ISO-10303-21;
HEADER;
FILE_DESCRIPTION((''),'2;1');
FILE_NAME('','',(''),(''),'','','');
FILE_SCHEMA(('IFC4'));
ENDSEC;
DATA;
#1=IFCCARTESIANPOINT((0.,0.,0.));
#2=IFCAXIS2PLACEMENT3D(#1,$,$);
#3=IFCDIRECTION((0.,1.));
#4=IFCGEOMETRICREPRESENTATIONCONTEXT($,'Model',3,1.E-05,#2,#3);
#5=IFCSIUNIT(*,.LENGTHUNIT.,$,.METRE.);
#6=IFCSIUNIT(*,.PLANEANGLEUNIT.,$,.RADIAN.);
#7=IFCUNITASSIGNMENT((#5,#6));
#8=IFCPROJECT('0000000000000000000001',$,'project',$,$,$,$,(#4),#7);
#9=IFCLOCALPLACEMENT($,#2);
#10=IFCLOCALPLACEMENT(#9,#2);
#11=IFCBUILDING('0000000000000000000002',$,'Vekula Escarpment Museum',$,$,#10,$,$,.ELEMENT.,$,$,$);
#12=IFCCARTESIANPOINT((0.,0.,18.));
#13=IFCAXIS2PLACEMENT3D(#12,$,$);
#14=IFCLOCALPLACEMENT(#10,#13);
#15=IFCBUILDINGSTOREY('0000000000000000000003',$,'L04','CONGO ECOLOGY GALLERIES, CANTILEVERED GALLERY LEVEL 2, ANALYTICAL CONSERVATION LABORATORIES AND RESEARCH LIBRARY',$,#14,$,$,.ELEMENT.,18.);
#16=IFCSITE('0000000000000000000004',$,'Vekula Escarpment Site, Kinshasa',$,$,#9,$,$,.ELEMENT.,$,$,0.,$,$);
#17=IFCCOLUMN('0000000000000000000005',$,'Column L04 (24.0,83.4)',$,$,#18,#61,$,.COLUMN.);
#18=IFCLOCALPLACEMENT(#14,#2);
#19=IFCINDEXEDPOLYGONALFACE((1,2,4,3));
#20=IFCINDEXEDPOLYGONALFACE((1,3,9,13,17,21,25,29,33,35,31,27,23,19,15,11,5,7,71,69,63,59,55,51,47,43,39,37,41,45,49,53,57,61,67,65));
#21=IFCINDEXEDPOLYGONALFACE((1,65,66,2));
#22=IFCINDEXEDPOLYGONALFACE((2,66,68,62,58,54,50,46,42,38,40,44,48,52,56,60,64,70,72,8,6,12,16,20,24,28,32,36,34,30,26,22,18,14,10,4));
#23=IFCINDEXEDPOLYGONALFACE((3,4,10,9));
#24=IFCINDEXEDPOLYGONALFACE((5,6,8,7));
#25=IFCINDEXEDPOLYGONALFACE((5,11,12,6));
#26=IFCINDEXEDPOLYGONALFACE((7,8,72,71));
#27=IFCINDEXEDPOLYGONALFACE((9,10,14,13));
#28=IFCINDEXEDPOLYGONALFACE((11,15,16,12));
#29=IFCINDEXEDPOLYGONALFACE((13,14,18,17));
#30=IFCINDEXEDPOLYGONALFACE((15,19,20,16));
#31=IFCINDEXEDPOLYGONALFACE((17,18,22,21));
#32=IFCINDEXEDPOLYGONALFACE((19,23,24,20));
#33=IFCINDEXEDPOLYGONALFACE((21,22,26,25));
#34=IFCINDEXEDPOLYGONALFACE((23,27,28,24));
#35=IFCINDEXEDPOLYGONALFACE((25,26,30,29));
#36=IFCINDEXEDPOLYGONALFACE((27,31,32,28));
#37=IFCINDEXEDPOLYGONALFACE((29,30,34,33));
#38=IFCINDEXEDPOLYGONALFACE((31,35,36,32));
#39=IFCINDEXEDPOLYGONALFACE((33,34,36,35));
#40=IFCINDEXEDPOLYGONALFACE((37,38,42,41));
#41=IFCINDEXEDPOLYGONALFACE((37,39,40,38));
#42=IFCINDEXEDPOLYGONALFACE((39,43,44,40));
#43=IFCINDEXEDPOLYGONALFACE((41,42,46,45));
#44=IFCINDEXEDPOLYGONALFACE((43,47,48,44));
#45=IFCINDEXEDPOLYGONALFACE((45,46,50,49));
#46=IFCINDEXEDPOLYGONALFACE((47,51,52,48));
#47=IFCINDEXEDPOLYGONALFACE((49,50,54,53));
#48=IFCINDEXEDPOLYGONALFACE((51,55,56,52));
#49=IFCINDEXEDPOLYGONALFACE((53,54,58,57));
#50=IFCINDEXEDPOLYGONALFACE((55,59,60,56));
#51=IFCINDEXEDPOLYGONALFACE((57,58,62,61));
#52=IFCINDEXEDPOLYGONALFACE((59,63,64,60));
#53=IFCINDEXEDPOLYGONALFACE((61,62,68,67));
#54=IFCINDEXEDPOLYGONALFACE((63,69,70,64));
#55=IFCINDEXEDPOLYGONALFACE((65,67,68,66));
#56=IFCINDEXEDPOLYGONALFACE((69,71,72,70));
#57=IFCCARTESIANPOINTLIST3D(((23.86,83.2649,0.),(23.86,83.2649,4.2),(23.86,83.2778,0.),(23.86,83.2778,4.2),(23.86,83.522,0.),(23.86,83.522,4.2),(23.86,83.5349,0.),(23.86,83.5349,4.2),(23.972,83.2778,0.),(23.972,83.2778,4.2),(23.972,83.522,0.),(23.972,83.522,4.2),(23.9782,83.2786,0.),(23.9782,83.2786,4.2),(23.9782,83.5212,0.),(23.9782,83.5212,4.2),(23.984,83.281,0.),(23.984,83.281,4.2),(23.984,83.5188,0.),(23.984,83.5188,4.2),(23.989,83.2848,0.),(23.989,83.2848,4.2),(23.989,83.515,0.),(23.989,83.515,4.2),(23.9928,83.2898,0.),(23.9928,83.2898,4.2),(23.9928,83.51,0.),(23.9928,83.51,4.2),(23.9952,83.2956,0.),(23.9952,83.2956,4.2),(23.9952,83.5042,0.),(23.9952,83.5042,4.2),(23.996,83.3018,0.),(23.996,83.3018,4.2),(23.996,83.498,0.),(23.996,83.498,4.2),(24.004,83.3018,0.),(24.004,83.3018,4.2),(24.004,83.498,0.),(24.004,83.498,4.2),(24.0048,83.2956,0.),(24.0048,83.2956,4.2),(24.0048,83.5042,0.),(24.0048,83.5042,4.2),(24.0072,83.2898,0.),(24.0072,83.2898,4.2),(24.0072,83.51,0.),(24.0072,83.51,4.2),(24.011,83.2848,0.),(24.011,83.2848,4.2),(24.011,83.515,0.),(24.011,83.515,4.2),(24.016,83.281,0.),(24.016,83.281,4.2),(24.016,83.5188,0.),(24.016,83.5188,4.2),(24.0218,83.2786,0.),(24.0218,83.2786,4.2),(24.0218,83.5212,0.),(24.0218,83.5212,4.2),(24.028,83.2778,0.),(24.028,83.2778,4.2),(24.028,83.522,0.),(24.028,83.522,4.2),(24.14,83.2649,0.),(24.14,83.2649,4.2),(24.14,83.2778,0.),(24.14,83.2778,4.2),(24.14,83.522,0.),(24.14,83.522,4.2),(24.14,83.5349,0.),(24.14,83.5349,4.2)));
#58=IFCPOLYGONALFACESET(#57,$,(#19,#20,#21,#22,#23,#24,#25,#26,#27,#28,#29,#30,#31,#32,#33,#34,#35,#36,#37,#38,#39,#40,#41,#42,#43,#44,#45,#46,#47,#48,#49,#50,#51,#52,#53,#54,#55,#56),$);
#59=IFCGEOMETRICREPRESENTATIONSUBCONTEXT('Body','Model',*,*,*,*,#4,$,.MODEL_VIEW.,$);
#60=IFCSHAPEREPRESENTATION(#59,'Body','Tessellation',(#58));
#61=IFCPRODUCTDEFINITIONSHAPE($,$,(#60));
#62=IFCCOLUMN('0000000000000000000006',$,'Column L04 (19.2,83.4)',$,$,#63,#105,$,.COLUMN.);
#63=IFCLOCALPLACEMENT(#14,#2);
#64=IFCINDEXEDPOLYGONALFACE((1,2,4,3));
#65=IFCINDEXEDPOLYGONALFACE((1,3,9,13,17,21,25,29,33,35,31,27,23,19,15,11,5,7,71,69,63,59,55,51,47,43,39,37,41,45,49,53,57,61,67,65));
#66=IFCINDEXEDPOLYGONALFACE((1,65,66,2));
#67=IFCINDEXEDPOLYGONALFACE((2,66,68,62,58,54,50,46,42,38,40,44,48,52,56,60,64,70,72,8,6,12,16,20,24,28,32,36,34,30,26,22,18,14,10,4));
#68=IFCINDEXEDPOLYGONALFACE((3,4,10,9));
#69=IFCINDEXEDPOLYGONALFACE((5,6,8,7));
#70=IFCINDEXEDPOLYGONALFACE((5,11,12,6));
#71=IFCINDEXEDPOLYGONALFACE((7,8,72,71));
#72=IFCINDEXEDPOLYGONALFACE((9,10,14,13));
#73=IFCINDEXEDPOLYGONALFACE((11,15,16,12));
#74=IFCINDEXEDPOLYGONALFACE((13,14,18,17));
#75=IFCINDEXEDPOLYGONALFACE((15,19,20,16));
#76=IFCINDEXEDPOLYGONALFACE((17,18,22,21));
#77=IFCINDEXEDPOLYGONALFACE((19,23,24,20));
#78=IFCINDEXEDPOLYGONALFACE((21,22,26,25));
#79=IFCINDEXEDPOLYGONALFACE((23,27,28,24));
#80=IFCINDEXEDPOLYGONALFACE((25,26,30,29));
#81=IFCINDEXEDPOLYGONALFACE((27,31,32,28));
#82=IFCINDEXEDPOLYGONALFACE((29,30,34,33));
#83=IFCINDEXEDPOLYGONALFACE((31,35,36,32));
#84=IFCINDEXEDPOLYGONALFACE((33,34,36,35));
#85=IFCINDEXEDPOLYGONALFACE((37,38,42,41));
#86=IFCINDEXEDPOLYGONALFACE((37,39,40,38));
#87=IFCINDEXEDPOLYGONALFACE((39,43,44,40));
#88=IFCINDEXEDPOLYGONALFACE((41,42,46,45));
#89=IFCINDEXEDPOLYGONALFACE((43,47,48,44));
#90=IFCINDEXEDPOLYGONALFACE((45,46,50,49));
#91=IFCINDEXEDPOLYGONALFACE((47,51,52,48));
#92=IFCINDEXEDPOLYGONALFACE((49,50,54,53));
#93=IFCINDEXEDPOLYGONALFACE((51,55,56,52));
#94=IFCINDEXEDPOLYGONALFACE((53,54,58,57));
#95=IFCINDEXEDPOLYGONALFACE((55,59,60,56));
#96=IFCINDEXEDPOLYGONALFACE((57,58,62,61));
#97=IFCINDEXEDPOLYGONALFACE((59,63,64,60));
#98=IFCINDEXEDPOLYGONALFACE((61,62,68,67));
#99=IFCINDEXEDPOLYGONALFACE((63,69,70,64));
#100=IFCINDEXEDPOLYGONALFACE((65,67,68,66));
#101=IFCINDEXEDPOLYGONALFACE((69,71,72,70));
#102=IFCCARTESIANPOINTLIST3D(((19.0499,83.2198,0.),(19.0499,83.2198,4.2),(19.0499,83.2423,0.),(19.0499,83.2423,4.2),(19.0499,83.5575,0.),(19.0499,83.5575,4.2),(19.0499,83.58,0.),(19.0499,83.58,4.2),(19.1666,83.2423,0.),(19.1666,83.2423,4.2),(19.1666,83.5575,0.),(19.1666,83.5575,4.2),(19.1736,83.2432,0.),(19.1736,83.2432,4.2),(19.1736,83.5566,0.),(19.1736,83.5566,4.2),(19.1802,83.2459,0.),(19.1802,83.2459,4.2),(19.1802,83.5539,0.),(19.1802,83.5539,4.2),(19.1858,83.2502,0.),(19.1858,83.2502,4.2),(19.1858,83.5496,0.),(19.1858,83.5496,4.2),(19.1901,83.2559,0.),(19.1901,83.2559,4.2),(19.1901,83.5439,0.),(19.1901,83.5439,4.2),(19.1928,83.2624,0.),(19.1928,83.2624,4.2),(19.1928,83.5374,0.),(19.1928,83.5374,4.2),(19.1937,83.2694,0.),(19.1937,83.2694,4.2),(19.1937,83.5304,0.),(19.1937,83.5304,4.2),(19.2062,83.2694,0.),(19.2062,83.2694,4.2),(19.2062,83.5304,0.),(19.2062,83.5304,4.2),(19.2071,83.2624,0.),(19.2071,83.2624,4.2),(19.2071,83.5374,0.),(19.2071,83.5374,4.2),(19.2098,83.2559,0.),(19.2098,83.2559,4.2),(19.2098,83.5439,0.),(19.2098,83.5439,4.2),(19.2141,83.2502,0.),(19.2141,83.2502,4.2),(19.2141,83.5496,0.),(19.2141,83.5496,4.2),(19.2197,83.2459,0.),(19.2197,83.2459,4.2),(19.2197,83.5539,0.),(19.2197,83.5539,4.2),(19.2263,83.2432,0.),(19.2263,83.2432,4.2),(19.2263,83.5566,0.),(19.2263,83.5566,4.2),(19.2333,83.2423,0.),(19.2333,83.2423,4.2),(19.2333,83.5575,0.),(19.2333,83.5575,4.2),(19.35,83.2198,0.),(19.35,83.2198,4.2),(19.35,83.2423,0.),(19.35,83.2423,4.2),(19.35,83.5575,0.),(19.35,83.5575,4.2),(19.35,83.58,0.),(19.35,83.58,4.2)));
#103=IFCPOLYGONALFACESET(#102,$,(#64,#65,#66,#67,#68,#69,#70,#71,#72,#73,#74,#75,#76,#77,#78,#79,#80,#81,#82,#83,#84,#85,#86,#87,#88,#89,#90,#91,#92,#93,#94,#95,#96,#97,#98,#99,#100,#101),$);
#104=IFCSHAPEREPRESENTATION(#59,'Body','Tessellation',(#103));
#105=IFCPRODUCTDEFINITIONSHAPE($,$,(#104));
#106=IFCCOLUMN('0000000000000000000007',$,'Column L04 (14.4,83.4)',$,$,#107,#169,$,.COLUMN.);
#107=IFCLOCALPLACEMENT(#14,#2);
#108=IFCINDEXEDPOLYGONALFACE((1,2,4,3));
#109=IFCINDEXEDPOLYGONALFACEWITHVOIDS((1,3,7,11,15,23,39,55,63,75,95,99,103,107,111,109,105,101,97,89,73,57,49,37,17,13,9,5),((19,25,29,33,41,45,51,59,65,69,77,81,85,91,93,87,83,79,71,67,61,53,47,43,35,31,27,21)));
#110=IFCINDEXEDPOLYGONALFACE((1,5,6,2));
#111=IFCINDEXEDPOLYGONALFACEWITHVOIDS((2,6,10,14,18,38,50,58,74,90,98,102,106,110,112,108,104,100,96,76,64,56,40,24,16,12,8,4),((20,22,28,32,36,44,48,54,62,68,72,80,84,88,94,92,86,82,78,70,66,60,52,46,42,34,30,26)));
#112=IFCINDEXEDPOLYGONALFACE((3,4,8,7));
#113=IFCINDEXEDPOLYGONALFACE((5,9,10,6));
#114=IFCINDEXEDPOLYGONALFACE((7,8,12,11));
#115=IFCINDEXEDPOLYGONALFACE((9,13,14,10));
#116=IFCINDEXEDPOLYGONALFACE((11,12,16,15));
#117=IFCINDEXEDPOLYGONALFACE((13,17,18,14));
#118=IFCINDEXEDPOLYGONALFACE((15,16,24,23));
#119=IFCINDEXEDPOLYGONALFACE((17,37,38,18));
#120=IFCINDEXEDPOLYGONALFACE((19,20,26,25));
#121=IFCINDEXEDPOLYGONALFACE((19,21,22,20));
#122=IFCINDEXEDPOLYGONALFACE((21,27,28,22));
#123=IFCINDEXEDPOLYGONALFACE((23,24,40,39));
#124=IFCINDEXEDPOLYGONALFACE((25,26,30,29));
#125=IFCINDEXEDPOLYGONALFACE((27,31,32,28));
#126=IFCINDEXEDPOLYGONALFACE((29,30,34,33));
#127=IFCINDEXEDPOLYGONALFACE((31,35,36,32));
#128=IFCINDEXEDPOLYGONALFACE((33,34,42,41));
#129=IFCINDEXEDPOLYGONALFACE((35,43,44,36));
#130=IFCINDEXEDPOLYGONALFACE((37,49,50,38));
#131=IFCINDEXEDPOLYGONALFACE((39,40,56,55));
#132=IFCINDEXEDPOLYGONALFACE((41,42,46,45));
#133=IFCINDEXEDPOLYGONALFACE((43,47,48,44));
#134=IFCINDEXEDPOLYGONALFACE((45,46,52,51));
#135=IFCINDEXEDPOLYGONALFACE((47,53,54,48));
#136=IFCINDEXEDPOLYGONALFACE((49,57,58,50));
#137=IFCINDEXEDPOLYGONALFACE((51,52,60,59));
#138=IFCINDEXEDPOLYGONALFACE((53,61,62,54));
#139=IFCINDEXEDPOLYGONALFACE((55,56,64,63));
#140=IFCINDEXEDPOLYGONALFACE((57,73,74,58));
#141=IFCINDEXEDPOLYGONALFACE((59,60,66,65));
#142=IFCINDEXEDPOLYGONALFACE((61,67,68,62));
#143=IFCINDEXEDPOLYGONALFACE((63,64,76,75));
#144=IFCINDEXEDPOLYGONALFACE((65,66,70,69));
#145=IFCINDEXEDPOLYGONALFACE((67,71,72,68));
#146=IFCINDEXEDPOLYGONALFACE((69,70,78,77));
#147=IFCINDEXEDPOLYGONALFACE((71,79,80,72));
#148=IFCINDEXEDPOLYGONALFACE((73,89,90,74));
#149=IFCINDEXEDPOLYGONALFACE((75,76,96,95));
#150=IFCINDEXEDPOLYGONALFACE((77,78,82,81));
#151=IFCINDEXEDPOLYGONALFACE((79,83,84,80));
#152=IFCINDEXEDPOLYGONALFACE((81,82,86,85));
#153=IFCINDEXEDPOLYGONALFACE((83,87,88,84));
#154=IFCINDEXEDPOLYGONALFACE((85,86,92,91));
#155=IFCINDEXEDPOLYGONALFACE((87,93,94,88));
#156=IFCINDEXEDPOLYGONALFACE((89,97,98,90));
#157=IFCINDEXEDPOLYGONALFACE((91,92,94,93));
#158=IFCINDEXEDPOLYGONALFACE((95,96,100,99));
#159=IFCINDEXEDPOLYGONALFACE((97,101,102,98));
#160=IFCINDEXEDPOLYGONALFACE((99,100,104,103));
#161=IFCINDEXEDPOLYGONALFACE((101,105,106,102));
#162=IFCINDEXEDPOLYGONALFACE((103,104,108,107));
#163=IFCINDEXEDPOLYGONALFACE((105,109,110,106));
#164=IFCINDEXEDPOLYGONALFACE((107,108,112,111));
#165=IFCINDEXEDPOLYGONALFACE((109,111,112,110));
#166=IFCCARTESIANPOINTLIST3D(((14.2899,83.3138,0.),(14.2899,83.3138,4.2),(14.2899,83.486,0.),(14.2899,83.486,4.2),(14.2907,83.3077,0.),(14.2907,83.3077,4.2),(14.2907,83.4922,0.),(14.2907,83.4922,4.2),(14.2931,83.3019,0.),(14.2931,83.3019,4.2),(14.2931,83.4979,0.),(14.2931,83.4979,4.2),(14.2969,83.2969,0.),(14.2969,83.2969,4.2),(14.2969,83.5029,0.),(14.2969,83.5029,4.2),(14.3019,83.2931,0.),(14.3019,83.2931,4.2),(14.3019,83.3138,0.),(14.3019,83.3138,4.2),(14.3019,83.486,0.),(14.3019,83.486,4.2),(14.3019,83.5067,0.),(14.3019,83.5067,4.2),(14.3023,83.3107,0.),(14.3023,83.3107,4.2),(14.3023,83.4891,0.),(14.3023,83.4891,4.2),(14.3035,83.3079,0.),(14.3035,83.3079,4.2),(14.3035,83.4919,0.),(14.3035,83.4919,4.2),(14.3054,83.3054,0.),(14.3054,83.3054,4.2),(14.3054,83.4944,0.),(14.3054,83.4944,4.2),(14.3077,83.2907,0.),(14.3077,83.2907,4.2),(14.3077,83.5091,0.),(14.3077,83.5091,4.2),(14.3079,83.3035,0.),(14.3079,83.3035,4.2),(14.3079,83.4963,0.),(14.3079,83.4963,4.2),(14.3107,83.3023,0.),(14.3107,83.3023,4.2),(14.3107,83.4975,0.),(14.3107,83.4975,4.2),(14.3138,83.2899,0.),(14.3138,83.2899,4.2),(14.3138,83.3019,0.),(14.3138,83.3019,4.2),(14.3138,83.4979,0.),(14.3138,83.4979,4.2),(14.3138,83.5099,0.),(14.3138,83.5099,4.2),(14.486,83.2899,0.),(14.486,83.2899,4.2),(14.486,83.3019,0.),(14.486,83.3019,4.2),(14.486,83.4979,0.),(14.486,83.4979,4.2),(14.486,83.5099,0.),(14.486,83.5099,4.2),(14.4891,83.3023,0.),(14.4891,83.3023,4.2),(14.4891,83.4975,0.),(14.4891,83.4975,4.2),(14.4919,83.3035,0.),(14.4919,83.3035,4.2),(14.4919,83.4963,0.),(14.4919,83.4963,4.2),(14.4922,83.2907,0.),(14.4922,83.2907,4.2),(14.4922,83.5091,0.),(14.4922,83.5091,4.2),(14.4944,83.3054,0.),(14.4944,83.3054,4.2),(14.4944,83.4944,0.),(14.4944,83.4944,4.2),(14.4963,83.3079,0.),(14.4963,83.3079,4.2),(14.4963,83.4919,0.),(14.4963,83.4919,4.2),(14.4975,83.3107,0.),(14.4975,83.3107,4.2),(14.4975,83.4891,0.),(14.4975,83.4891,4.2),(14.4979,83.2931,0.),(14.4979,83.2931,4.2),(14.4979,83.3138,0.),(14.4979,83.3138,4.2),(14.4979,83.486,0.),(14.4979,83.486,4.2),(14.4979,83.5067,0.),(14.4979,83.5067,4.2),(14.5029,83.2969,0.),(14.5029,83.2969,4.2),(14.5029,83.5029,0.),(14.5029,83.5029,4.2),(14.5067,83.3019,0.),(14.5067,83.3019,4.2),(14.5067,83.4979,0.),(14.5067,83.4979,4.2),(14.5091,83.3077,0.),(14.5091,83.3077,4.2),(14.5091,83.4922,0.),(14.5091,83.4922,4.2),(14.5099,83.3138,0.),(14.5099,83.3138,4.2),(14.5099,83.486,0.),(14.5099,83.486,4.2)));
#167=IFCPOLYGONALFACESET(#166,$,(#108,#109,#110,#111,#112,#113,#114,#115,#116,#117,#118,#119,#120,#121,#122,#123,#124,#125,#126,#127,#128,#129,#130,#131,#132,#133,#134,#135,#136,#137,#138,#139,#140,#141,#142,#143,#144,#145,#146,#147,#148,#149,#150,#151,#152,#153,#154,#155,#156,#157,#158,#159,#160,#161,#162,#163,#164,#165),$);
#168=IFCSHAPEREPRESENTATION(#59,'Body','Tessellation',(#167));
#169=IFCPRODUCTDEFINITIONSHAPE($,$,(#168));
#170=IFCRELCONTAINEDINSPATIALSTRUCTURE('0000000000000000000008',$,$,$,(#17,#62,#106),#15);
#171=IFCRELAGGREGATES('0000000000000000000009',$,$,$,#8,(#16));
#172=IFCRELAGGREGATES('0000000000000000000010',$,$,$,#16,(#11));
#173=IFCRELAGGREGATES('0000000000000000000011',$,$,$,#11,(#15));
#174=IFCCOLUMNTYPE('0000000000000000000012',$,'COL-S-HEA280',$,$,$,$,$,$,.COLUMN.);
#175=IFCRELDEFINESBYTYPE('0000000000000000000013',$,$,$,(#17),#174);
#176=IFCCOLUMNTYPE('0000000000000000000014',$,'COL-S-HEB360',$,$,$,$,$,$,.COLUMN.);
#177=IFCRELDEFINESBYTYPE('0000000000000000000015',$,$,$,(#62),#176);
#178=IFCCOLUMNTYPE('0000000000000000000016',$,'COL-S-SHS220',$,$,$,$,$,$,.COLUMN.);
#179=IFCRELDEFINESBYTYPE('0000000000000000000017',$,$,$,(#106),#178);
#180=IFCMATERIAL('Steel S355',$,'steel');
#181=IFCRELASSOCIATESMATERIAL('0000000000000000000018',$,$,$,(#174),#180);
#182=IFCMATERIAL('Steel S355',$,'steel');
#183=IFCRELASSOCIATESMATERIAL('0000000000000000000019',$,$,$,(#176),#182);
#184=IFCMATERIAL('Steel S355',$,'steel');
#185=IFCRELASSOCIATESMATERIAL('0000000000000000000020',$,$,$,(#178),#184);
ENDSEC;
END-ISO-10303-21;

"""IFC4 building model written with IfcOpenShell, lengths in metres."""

from ifc_helpers import new_model, si_unit, direction, frame, origin, origin_2d, place, context, subcontext, project, spatial, hollow_rectangle, i_section, extrude, material, material_profile, profile_set, type_object, element, save


model = new_model("IFC4")

# Units and contexts
model_context = context("Model", 3, precision=1e-05, world=origin(), true_north=direction((0.0, 1.0)))
body_context = subcontext(model_context, "Body", "Model", "MODEL_VIEW")
ifc_project = project(units=[si_unit("LENGTHUNIT", "METRE"), si_unit("PLANEANGLEUNIT", "RADIAN")], contexts=[model_context])

# Site, building, storey
site_placement = place(None, origin())
site = spatial("IfcSite", under=ifc_project, at=site_placement, Name="Vekula Escarpment Site, Kinshasa", CompositionType="ELEMENT", RefElevation=0.0)
building_placement = place(site_placement, origin())
building = spatial("IfcBuilding", under=site, at=building_placement, Name="Vekula Escarpment Museum", CompositionType="ELEMENT")
storey_placement = place(building_placement, frame((0.0, 0.0, 18.0)))
storey = spatial("IfcBuildingStorey", under=building, at=storey_placement, Name="L04", Description="CONGO ECOLOGY GALLERIES, CANTILEVERED GALLERY LEVEL 2, ANALYTICAL CONSERVATION LABORATORIES AND RESEARCH LIBRARY", CompositionType="ELEMENT", Elevation=18.0)

# Columns
ifc_material_1 = material(Name="Steel S355", Category="steel")
ifc_material_profile_1 = material_profile(ifc_material_1, i_section(OverallWidth=0.28, OverallDepth=0.27, WebThickness=0.0081, FlangeThickness=0.0129, FilletRadius=0.0239, at=origin_2d()), Name="HEA 280")
ifc_profile_set_1 = profile_set([ifc_material_profile_1], Name="Steel S355")
column_type_1 = type_object("IfcColumnType", Name="COL-S-HEA280", PredefinedType="COLUMN", material=ifc_profile_set_1)
column_1_placement = place(storey_placement, frame((24.0, 83.3999, 0.0), z_axis=(0.0, 0.0, 1.0), x_axis=(1.0, 0.0, 0.0)))
element("IfcColumn", 1, at=column_1_placement, inside=storey, type_object=column_type_1, Name="Column L04 (24.0,83.4)", PredefinedType="COLUMN", context=body_context, shape_type="SweptSolid", body=[
    extrude(i_section(OverallWidth=0.28, OverallDepth=0.27, WebThickness=0.0081, FlangeThickness=0.0129, FilletRadius=0.0239, at=origin_2d()), origin(), (0.0, 0.0, 1.0), 4.2),
])
ifc_material_2 = material(Name="Steel S355", Category="steel")
ifc_material_profile_2 = material_profile(ifc_material_2, i_section(OverallWidth=0.3, OverallDepth=0.3601, WebThickness=0.0125, FlangeThickness=0.0225, FilletRadius=0.0271, at=origin_2d()), Name="HEB 360")
ifc_profile_set_2 = profile_set([ifc_material_profile_2], Name="Steel S355")
column_type_2 = type_object("IfcColumnType", Name="COL-S-HEB360", PredefinedType="COLUMN", material=ifc_profile_set_2)
column_2_placement = place(storey_placement, frame((19.2, 83.3999, 0.0), z_axis=(0.0, 0.0, 1.0), x_axis=(1.0, 0.0, 0.0)))
element("IfcColumn", 2, at=column_2_placement, inside=storey, type_object=column_type_2, Name="Column L04 (19.2,83.4)", PredefinedType="COLUMN", context=body_context, shape_type="SweptSolid", body=[
    extrude(i_section(OverallWidth=0.3, OverallDepth=0.3601, WebThickness=0.0125, FlangeThickness=0.0225, FilletRadius=0.0271, at=origin_2d()), origin(), (0.0, 0.0, 1.0), 4.2),
])
ifc_material_3 = material(Name="Steel S355", Category="steel")
ifc_material_profile_3 = material_profile(ifc_material_3, hollow_rectangle(XDim=0.22, YDim=0.22, WallThickness=0.012, InnerFilletRadius=0.012, OuterFilletRadius=0.0239, at=origin_2d()), Name="SHS 220x220x12")
ifc_profile_set_3 = profile_set([ifc_material_profile_3], Name="Steel S355")
column_type_3 = type_object("IfcColumnType", Name="COL-S-SHS220", PredefinedType="COLUMN", material=ifc_profile_set_3)
column_3_placement = place(storey_placement, frame((14.3999, 83.3999, 0.0), z_axis=(0.0, 0.0, 1.0), x_axis=(1.0, 0.0, 0.0)))
element("IfcColumn", 3, at=column_3_placement, inside=storey, type_object=column_type_3, Name="Column L04 (14.4,83.4)", PredefinedType="COLUMN", context=body_context, shape_type="SweptSolid", body=[
    extrude(hollow_rectangle(XDim=0.22, YDim=0.22, WallThickness=0.012, InnerFilletRadius=0.012, OuterFilletRadius=0.0239, at=origin_2d()), origin(), (0.0, 0.0, 1.0), 4.2),
])

save(model, "model.ifc")
